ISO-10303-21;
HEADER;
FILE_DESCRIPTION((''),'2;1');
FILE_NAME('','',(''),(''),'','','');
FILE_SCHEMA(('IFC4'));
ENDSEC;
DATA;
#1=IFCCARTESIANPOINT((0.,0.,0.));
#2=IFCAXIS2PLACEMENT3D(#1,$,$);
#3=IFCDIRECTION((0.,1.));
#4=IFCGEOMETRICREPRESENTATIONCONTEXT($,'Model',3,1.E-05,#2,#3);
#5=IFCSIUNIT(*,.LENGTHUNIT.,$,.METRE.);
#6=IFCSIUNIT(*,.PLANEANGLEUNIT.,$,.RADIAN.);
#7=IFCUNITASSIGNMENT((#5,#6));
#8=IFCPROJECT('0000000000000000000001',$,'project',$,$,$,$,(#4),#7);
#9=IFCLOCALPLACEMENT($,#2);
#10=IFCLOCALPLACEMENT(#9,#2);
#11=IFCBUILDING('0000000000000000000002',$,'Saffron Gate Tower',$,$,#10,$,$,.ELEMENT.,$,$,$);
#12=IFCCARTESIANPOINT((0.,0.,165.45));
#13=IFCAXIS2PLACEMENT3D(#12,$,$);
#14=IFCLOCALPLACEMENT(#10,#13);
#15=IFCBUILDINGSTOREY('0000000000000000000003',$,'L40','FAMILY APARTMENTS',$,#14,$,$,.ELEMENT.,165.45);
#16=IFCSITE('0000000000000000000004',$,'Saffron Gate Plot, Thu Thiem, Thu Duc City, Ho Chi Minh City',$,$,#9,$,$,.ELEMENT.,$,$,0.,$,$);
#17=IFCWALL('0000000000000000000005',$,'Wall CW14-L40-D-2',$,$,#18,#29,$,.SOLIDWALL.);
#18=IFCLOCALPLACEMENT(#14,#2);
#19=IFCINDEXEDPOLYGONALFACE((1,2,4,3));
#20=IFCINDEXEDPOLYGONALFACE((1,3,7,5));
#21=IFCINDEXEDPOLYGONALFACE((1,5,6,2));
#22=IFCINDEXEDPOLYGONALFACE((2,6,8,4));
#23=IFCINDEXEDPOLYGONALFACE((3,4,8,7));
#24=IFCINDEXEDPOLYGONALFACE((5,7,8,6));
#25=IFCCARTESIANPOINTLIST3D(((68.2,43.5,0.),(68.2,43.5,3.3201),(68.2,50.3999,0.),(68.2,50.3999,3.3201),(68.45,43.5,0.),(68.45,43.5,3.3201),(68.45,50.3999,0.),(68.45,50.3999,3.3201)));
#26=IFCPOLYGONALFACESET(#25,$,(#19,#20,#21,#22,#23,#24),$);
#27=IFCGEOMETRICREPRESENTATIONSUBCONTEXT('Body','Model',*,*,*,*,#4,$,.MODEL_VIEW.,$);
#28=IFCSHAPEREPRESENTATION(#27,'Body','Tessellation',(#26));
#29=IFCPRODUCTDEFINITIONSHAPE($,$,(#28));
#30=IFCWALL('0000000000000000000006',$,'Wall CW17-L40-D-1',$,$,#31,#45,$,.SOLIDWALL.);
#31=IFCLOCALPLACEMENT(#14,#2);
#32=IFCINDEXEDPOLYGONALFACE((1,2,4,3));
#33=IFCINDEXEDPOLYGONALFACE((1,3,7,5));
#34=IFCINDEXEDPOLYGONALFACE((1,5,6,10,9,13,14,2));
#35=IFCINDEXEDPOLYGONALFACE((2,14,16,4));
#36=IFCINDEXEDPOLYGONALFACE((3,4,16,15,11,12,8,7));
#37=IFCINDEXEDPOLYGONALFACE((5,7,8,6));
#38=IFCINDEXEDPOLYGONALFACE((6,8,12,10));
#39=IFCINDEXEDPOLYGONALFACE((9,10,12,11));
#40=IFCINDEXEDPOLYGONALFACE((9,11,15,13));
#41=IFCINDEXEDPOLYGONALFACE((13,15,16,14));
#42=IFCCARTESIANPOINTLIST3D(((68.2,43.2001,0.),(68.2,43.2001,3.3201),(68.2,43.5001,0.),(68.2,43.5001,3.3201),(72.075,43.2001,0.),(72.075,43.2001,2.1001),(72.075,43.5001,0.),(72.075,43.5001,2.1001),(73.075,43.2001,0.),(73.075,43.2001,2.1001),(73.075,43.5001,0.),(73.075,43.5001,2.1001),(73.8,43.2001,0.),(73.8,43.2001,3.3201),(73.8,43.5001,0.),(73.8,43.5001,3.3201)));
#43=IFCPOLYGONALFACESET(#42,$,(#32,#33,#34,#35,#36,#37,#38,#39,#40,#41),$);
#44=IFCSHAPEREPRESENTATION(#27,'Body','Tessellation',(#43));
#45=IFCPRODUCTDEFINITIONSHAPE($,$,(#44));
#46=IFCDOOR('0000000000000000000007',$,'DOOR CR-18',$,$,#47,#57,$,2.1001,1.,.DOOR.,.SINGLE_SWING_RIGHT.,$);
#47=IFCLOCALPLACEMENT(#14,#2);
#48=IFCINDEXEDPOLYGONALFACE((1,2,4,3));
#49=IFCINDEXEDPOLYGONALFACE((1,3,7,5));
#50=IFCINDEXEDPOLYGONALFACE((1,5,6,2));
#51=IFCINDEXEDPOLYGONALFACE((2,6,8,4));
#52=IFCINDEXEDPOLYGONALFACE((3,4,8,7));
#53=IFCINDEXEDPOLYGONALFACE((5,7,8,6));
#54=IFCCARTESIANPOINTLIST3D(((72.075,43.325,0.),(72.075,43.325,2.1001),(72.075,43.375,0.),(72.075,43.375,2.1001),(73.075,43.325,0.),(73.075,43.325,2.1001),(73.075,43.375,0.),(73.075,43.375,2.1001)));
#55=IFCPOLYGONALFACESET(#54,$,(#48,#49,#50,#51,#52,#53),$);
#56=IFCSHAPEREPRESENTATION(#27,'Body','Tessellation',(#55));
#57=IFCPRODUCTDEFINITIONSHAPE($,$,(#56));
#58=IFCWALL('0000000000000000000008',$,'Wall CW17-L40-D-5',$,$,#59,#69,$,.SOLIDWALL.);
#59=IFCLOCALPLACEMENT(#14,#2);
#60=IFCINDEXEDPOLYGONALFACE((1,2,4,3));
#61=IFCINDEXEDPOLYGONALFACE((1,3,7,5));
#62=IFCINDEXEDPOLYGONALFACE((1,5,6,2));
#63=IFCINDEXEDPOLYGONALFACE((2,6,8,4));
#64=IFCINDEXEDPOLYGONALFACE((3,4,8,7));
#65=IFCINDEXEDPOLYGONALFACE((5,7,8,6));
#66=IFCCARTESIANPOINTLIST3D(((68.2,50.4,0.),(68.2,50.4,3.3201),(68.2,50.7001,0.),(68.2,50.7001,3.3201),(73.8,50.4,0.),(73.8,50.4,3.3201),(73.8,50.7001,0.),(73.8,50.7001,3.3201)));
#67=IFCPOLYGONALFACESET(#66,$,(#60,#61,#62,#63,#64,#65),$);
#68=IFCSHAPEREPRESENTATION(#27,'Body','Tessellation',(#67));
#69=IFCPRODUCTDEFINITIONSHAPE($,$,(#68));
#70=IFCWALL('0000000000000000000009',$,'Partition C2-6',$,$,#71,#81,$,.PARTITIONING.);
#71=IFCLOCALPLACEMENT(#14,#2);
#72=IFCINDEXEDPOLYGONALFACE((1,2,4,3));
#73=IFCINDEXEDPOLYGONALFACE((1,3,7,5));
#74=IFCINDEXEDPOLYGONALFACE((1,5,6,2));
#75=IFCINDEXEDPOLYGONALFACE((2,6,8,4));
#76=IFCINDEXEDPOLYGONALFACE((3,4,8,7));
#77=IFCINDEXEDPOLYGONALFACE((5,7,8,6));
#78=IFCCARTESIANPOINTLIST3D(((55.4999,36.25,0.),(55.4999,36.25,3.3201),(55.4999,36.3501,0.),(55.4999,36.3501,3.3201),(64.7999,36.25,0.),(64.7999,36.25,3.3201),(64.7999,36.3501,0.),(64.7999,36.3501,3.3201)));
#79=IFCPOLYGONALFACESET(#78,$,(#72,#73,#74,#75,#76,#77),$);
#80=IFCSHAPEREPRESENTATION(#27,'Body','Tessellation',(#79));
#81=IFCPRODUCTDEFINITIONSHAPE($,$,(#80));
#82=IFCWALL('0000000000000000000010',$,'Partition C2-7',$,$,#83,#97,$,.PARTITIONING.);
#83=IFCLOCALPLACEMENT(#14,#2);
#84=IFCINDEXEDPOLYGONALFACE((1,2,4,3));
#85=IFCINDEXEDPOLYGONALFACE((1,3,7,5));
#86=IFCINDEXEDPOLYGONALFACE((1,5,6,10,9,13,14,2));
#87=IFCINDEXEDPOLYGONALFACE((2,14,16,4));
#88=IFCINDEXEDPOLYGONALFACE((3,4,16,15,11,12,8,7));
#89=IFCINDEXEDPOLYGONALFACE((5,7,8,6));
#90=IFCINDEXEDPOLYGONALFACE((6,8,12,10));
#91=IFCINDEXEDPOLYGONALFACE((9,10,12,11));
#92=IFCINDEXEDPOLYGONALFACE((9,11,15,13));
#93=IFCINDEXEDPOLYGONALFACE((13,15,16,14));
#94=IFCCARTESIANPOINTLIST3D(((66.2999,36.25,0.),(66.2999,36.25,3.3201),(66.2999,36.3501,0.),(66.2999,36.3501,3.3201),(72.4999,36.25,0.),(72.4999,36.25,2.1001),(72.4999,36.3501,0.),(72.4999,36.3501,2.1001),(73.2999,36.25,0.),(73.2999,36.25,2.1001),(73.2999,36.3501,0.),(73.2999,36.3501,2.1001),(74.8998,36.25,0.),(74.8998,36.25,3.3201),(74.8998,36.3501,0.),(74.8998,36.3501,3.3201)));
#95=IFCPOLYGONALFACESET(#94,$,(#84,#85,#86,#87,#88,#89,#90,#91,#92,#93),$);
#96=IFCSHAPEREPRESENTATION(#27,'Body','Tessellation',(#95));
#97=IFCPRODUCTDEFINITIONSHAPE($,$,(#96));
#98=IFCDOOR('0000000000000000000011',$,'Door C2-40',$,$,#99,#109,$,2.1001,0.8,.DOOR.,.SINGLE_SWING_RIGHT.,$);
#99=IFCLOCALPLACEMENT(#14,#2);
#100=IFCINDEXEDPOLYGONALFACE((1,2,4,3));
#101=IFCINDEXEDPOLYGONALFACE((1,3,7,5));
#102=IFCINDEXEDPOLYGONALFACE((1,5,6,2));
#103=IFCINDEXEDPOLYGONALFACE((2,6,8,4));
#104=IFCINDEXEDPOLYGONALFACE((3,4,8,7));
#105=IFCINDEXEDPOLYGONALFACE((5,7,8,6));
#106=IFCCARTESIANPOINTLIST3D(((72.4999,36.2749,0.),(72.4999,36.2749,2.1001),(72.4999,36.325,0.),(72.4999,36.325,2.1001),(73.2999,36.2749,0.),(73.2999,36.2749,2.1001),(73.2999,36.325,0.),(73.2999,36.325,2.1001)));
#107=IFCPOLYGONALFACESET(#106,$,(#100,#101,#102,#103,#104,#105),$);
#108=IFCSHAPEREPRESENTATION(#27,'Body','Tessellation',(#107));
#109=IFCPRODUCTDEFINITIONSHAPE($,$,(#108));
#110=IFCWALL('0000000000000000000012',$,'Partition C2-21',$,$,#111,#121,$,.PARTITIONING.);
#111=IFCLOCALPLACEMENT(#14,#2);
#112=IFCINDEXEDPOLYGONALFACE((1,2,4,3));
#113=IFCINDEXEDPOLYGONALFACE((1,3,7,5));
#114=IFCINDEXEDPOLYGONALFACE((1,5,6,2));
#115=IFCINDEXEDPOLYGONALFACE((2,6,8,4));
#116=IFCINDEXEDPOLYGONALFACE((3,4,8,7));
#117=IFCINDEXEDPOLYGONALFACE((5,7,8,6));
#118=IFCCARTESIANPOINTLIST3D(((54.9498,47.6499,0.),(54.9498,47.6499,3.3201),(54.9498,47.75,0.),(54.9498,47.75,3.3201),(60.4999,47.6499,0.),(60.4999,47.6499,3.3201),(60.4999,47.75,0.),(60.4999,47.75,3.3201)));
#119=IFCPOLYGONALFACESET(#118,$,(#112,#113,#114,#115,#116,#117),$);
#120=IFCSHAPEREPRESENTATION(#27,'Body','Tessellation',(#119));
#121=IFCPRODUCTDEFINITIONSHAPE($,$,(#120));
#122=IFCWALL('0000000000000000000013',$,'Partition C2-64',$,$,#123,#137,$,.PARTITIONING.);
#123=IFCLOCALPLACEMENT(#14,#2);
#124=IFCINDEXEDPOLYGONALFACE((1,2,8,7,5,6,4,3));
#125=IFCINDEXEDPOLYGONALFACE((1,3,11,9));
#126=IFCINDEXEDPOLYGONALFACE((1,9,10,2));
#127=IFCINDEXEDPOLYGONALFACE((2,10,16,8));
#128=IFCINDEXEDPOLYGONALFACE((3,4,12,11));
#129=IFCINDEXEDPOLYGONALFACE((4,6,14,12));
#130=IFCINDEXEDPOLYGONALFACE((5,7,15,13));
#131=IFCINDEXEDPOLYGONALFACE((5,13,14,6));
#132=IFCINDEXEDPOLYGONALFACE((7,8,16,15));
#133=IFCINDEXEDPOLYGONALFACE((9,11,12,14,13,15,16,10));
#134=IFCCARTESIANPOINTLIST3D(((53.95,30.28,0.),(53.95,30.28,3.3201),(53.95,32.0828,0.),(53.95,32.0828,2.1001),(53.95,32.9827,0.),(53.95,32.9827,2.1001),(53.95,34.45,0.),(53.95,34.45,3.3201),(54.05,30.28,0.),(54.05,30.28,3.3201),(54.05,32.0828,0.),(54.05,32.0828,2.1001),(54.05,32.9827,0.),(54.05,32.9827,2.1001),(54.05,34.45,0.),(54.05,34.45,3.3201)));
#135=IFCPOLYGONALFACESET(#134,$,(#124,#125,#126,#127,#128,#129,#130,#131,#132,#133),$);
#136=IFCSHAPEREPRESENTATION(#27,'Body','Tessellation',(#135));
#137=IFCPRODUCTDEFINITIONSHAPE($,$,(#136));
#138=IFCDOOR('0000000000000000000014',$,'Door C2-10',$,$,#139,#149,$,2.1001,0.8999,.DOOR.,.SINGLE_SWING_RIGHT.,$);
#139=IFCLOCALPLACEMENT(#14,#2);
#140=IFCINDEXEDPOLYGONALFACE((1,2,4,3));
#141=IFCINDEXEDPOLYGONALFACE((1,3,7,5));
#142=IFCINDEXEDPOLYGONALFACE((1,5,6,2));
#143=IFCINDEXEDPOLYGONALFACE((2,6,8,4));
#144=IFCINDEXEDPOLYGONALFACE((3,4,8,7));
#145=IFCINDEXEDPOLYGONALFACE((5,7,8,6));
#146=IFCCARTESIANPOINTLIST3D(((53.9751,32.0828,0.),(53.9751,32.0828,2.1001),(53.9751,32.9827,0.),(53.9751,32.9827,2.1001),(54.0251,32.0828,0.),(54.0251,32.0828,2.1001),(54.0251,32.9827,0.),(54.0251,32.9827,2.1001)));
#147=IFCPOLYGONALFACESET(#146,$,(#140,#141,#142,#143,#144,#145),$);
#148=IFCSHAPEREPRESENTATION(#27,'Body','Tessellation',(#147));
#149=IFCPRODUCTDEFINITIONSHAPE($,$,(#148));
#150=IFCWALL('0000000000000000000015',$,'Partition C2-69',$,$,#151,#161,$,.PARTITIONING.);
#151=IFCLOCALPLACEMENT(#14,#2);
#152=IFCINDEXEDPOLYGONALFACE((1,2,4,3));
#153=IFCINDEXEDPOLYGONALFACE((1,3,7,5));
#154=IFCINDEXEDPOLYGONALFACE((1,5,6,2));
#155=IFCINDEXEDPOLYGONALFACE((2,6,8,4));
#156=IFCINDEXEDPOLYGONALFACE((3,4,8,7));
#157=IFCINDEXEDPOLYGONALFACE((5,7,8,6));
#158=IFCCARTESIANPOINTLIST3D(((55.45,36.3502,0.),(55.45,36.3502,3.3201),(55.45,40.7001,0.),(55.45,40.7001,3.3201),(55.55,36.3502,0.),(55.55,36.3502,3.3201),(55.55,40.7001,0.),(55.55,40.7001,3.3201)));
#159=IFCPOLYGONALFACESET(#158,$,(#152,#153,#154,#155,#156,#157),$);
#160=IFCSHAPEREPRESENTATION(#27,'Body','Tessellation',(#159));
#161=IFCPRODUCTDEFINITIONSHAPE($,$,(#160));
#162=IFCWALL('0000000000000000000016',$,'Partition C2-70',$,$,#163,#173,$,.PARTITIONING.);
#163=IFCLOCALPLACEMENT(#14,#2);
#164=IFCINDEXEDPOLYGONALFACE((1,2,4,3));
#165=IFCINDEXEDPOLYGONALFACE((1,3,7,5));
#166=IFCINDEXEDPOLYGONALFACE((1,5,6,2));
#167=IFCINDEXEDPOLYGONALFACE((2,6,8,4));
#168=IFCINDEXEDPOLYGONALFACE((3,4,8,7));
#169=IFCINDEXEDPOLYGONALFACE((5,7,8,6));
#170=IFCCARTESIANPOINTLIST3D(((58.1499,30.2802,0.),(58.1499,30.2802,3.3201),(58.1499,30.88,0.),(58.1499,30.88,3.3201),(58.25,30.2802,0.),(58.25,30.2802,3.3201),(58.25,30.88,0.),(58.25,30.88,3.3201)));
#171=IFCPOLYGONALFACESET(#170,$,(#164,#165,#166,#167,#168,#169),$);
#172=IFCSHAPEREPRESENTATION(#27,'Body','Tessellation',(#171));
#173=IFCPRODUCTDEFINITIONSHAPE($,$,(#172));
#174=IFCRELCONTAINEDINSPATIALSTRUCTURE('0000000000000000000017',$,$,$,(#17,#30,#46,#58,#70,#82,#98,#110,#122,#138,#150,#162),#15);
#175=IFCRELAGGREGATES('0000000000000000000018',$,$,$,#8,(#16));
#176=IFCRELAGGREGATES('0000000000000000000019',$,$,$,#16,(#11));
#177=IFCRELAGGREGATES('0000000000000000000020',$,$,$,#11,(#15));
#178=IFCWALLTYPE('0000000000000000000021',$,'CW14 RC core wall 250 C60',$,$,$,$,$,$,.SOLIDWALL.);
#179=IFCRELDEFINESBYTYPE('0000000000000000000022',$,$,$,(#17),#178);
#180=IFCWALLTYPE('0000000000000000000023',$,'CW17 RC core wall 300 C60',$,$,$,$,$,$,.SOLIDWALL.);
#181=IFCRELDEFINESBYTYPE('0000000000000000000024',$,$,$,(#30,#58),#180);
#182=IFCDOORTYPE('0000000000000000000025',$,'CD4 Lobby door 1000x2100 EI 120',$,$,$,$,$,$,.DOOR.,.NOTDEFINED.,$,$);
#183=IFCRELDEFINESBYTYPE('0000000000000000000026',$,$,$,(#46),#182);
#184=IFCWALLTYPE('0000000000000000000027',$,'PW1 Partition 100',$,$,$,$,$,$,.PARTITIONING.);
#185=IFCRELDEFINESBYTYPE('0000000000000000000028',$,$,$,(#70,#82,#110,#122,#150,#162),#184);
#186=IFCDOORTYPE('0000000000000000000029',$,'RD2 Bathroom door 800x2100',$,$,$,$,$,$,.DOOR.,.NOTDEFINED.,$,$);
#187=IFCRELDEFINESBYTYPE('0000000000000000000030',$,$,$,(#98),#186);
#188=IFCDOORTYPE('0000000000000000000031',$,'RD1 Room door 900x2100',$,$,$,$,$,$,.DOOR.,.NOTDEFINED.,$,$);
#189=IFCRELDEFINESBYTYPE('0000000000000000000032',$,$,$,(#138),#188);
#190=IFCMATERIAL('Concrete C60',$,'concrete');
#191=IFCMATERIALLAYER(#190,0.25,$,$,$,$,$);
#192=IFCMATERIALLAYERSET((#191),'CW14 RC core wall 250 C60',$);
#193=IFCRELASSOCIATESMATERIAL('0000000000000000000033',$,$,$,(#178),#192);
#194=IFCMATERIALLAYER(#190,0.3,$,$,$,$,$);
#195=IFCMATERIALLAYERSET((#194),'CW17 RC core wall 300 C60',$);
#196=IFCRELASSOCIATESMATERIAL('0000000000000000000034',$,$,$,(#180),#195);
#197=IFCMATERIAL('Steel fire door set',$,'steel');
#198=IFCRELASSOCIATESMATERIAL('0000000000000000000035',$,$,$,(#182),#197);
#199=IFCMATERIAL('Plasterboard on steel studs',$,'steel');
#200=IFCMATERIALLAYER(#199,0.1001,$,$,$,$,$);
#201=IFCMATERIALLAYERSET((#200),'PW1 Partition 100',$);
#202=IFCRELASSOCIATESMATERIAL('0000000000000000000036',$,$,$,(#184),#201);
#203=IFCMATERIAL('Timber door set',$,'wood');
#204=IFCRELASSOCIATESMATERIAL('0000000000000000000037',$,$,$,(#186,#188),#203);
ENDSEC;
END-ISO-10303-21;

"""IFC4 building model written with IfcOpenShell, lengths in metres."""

from ifc_helpers import new_model, si_unit, direction, frame, frame_2d, origin, place, context, subcontext, project, spatial, rectangle, extrude, material, layer, layer_set, type_object, element, fill, save


model = new_model("IFC4")

# Units and contexts
model_context = context("Model", 3, precision=1e-05, world=origin(), true_north=direction((0.0, 1.0)))
body_context = subcontext(model_context, "Body", "Model", "MODEL_VIEW")
ifc_project = project(units=[si_unit("LENGTHUNIT", "METRE"), si_unit("PLANEANGLEUNIT", "RADIAN")], contexts=[model_context])

# Site, building, storey
site_placement = place(None, origin())
site = spatial("IfcSite", under=ifc_project, at=site_placement, Name="Saffron Gate Plot, Thu Thiem, Thu Duc City, Ho Chi Minh City", CompositionType="ELEMENT", RefElevation=0.0)
building_placement = place(site_placement, origin())
building = spatial("IfcBuilding", under=site, at=building_placement, Name="Saffron Gate Tower", CompositionType="ELEMENT")
storey_placement = place(building_placement, frame((0.0, 0.0, 165.45)))
storey = spatial("IfcBuildingStorey", under=building, at=storey_placement, Name="L40", Description="FAMILY APARTMENTS", CompositionType="ELEMENT", Elevation=165.45)

# Wall
ifc_material_1 = material(Name="Concrete C60", Category="concrete")
ifc_layer_1 = layer(ifc_material_1, 0.25)
ifc_layer_set_1 = layer_set([ifc_layer_1], Name="CW14 RC core wall 250 C60")
wall_type_1 = type_object("IfcWallType", Name="CW14 RC core wall 250 C60", PredefinedType="SOLIDWALL", material=ifc_layer_set_1)
wall_1_placement = place(storey_placement, frame((68.325, 43.5, 0.0), z_axis=(0.0, 0.0, 1.0), x_axis=(0.0, 1.0, 0.0)))
element("IfcWall", 1, at=wall_1_placement, inside=storey, type_object=wall_type_1, Name="Wall CW14-L40-D-2", PredefinedType="SOLIDWALL", context=body_context, shape_type="SweptSolid", body=[
    extrude(rectangle(XDim=6.8999, YDim=0.25, at=frame_2d((3.45, 0.0))), origin(), (0.0, 0.0, 1.0), 3.3201),
])

# Wall, opening, door
ifc_layer_2 = layer(ifc_material_1, 0.3)
ifc_layer_set_2 = layer_set([ifc_layer_2], Name="CW17 RC core wall 300 C60")
wall_type_2 = type_object("IfcWallType", Name="CW17 RC core wall 300 C60", PredefinedType="SOLIDWALL", material=ifc_layer_set_2)
wall_2_placement = place(storey_placement, frame((68.2, 43.3501, 0.0), z_axis=(0.0, 0.0, 1.0), x_axis=(1.0, 0.0, 0.0)))
wall_2 = element("IfcWall", 2, at=wall_2_placement, inside=storey, type_object=wall_type_2, Name="Wall CW17-L40-D-1", PredefinedType="SOLIDWALL", context=body_context, shape_type="SweptSolid", body=[
    extrude(rectangle(XDim=5.6001, YDim=0.3, at=frame_2d((2.8, 0.0))), origin(), (0.0, 0.0, 1.0), 3.3201),
])
opening_1_placement = place(wall_2_placement, frame((3.875, 0.0, 0.0)))
opening_1 = element("IfcOpeningElement", 3, at=opening_1_placement, cuts=wall_2, PredefinedType="OPENING", context=body_context, shape_type="SweptSolid", body=[
    extrude(rectangle(XDim=1.0, YDim=2.1001, at=frame_2d((0.5, 1.05))), frame((0.0, 0.1602, 0.0), z_axis=(0.0, -1.0, 0.0), x_axis=(1.0, 0.0, 0.0)), (0.0, 0.0, 1.0), 0.3201),
])
ifc_material_2 = material(Name="Steel fire door set", Category="steel")
door_type_1 = type_object("IfcDoorType", Name="CD4 Lobby door 1000x2100 EI 120", OperationType="NOTDEFINED", PredefinedType="DOOR", material=ifc_material_2)
door_1_placement = place(opening_1_placement, origin())
door_1 = element("IfcDoor", 4, at=door_1_placement, inside=storey, type_object=door_type_1, Name="DOOR CR-18", OperationType="SINGLE_SWING_RIGHT", OverallHeight=2.1001, OverallWidth=1.0, PredefinedType="DOOR", context=body_context, shape_type="SweptSolid", body=[
    extrude(rectangle(XDim=1.0, YDim=2.1001, at=frame_2d((0.5, 1.05))), frame((0.0, 0.0249, 0.0), z_axis=(0.0, -1.0, 0.0), x_axis=(1.0, 0.0, 0.0)), (0.0, 0.0, 1.0), 0.05),
])
fill(opening_1, door_1)

# Walls
wall_3_placement = place(storey_placement, frame((68.2, 50.55, 0.0), z_axis=(0.0, 0.0, 1.0), x_axis=(1.0, 0.0, 0.0)))
element("IfcWall", 5, at=wall_3_placement, inside=storey, type_object=wall_type_2, Name="Wall CW17-L40-D-5", PredefinedType="SOLIDWALL", context=body_context, shape_type="SweptSolid", body=[
    extrude(rectangle(XDim=5.6001, YDim=0.3, at=frame_2d((2.8, 0.0))), origin(), (0.0, 0.0, 1.0), 3.3201),
])
ifc_material_3 = material(Name="Plasterboard on steel studs", Category="steel")
ifc_layer_3 = layer(ifc_material_3, 0.1001)
ifc_layer_set_3 = layer_set([ifc_layer_3], Name="PW1 Partition 100")
wall_type_3 = type_object("IfcWallType", Name="PW1 Partition 100", PredefinedType="PARTITIONING", material=ifc_layer_set_3)
wall_4_placement = place(storey_placement, frame((55.5, 36.3, 0.0), z_axis=(0.0, 0.0, 1.0), x_axis=(1.0, 0.0, 0.0)))
element("IfcWall", 6, at=wall_4_placement, inside=storey, type_object=wall_type_3, Name="Partition C2-6", PredefinedType="PARTITIONING", context=body_context, shape_type="SweptSolid", body=[
    extrude(rectangle(XDim=9.3, YDim=0.1001, at=frame_2d((4.6499, 0.0))), origin(), (0.0, 0.0, 1.0), 3.3201),
])

# Wall, opening, door
wall_5_placement = place(storey_placement, frame((66.3, 36.3, 0.0), z_axis=(0.0, 0.0, 1.0), x_axis=(1.0, 0.0, 0.0)))
wall_5 = element("IfcWall", 7, at=wall_5_placement, inside=storey, type_object=wall_type_3, Name="Partition C2-7", PredefinedType="PARTITIONING", context=body_context, shape_type="SweptSolid", body=[
    extrude(rectangle(XDim=8.5999, YDim=0.1001, at=frame_2d((4.2998, 0.0))), origin(), (0.0, 0.0, 1.0), 3.3201),
])
opening_2_placement = place(wall_5_placement, frame((6.2, 0.0, 0.0)))
opening_2 = element("IfcOpeningElement", 8, at=opening_2_placement, cuts=wall_5, PredefinedType="OPENING", context=body_context, shape_type="SweptSolid", body=[
    extrude(rectangle(XDim=0.8, YDim=2.1001, at=frame_2d((0.3999, 1.05))), frame((0.0, 0.0601, 0.0), z_axis=(0.0, -1.0, 0.0), x_axis=(1.0, 0.0, 0.0)), (0.0, 0.0, 1.0), 0.1201),
])
ifc_material_4 = material(Name="Timber door set", Category="wood")
door_type_2 = type_object("IfcDoorType", Name="RD2 Bathroom door 800x2100", OperationType="NOTDEFINED", PredefinedType="DOOR", material=ifc_material_4)
door_2_placement = place(opening_2_placement, origin())
door_2 = element("IfcDoor", 9, at=door_2_placement, inside=storey, type_object=door_type_2, Name="Door C2-40", OperationType="SINGLE_SWING_RIGHT", OverallHeight=2.1001, OverallWidth=0.8, PredefinedType="DOOR", context=body_context, shape_type="SweptSolid", body=[
    extrude(rectangle(XDim=0.8, YDim=2.1001, at=frame_2d((0.3999, 1.05))), frame((0.0, 0.0249, 0.0), z_axis=(0.0, -1.0, 0.0), x_axis=(1.0, 0.0, 0.0)), (0.0, 0.0, 1.0), 0.05),
])
fill(opening_2, door_2)

# Wall
wall_6_placement = place(storey_placement, frame((54.95, 47.7, 0.0), z_axis=(0.0, 0.0, 1.0), x_axis=(1.0, 0.0, 0.0)))
element("IfcWall", 10, at=wall_6_placement, inside=storey, type_object=wall_type_3, Name="Partition C2-21", PredefinedType="PARTITIONING", context=body_context, shape_type="SweptSolid", body=[
    extrude(rectangle(XDim=5.55, YDim=0.1001, at=frame_2d((2.7749, 0.0))), origin(), (0.0, 0.0, 1.0), 3.3201),
])

# Wall, opening, door
wall_7_placement = place(storey_placement, frame((54.0, 30.28, 0.0), z_axis=(0.0, 0.0, 1.0), x_axis=(0.0, 1.0, 0.0)))
wall_7 = element("IfcWall", 11, at=wall_7_placement, inside=storey, type_object=wall_type_3, Name="Partition C2-64", PredefinedType="PARTITIONING", context=body_context, shape_type="SweptSolid", body=[
    extrude(rectangle(XDim=4.1699, YDim=0.1001, at=frame_2d((2.085, 0.0))), origin(), (0.0, 0.0, 1.0), 3.3201),
])
opening_3_placement = place(wall_7_placement, frame((1.8027, 0.0, 0.0)))
opening_3 = element("IfcOpeningElement", 12, at=opening_3_placement, cuts=wall_7, PredefinedType="OPENING", context=body_context, shape_type="SweptSolid", body=[
    extrude(rectangle(XDim=0.8999, YDim=2.1001, at=frame_2d((0.45, 1.05))), frame((0.0, 0.0601, 0.0), z_axis=(0.0, -1.0, 0.0), x_axis=(1.0, 0.0, 0.0)), (0.0, 0.0, 1.0), 0.1201),
])
door_type_3 = type_object("IfcDoorType", Name="RD1 Room door 900x2100", OperationType="NOTDEFINED", PredefinedType="DOOR", material=ifc_material_4)
door_3_placement = place(opening_3_placement, origin())
door_3 = element("IfcDoor", 13, at=door_3_placement, inside=storey, type_object=door_type_3, Name="Door C2-10", OperationType="SINGLE_SWING_RIGHT", OverallHeight=2.1001, OverallWidth=0.8999, PredefinedType="DOOR", context=body_context, shape_type="SweptSolid", body=[
    extrude(rectangle(XDim=0.8999, YDim=2.1001, at=frame_2d((0.45, 1.05))), frame((0.0, 0.0249, 0.0), z_axis=(0.0, -1.0, 0.0), x_axis=(1.0, 0.0, 0.0)), (0.0, 0.0, 1.0), 0.05),
])
fill(opening_3, door_3)

# Walls
wall_8_placement = place(storey_placement, frame((55.5, 40.7, 0.0), z_axis=(0.0, 0.0, 1.0), x_axis=(0.0, -1.0, 0.0)))
element("IfcWall", 14, at=wall_8_placement, inside=storey, type_object=wall_type_3, Name="Partition C2-69", PredefinedType="PARTITIONING", context=body_context, shape_type="SweptSolid", body=[
    extrude(rectangle(XDim=4.3499, YDim=0.1001, at=frame_2d((2.1748, 0.0))), origin(), (0.0, 0.0, 1.0), 3.3201),
])
wall_9_placement = place(storey_placement, frame((58.2, 30.8799, 0.0), z_axis=(0.0, 0.0, 1.0), x_axis=(0.0, -1.0, 0.0)))
element("IfcWall", 15, at=wall_9_placement, inside=storey, type_object=wall_type_3, Name="Partition C2-70", PredefinedType="PARTITIONING", context=body_context, shape_type="SweptSolid", body=[
    extrude(rectangle(XDim=0.5999, YDim=0.1001, at=frame_2d((0.2998, 0.0))), origin(), (0.0, 0.0, 1.0), 3.3201),
])

save(model, "model.ifc")
